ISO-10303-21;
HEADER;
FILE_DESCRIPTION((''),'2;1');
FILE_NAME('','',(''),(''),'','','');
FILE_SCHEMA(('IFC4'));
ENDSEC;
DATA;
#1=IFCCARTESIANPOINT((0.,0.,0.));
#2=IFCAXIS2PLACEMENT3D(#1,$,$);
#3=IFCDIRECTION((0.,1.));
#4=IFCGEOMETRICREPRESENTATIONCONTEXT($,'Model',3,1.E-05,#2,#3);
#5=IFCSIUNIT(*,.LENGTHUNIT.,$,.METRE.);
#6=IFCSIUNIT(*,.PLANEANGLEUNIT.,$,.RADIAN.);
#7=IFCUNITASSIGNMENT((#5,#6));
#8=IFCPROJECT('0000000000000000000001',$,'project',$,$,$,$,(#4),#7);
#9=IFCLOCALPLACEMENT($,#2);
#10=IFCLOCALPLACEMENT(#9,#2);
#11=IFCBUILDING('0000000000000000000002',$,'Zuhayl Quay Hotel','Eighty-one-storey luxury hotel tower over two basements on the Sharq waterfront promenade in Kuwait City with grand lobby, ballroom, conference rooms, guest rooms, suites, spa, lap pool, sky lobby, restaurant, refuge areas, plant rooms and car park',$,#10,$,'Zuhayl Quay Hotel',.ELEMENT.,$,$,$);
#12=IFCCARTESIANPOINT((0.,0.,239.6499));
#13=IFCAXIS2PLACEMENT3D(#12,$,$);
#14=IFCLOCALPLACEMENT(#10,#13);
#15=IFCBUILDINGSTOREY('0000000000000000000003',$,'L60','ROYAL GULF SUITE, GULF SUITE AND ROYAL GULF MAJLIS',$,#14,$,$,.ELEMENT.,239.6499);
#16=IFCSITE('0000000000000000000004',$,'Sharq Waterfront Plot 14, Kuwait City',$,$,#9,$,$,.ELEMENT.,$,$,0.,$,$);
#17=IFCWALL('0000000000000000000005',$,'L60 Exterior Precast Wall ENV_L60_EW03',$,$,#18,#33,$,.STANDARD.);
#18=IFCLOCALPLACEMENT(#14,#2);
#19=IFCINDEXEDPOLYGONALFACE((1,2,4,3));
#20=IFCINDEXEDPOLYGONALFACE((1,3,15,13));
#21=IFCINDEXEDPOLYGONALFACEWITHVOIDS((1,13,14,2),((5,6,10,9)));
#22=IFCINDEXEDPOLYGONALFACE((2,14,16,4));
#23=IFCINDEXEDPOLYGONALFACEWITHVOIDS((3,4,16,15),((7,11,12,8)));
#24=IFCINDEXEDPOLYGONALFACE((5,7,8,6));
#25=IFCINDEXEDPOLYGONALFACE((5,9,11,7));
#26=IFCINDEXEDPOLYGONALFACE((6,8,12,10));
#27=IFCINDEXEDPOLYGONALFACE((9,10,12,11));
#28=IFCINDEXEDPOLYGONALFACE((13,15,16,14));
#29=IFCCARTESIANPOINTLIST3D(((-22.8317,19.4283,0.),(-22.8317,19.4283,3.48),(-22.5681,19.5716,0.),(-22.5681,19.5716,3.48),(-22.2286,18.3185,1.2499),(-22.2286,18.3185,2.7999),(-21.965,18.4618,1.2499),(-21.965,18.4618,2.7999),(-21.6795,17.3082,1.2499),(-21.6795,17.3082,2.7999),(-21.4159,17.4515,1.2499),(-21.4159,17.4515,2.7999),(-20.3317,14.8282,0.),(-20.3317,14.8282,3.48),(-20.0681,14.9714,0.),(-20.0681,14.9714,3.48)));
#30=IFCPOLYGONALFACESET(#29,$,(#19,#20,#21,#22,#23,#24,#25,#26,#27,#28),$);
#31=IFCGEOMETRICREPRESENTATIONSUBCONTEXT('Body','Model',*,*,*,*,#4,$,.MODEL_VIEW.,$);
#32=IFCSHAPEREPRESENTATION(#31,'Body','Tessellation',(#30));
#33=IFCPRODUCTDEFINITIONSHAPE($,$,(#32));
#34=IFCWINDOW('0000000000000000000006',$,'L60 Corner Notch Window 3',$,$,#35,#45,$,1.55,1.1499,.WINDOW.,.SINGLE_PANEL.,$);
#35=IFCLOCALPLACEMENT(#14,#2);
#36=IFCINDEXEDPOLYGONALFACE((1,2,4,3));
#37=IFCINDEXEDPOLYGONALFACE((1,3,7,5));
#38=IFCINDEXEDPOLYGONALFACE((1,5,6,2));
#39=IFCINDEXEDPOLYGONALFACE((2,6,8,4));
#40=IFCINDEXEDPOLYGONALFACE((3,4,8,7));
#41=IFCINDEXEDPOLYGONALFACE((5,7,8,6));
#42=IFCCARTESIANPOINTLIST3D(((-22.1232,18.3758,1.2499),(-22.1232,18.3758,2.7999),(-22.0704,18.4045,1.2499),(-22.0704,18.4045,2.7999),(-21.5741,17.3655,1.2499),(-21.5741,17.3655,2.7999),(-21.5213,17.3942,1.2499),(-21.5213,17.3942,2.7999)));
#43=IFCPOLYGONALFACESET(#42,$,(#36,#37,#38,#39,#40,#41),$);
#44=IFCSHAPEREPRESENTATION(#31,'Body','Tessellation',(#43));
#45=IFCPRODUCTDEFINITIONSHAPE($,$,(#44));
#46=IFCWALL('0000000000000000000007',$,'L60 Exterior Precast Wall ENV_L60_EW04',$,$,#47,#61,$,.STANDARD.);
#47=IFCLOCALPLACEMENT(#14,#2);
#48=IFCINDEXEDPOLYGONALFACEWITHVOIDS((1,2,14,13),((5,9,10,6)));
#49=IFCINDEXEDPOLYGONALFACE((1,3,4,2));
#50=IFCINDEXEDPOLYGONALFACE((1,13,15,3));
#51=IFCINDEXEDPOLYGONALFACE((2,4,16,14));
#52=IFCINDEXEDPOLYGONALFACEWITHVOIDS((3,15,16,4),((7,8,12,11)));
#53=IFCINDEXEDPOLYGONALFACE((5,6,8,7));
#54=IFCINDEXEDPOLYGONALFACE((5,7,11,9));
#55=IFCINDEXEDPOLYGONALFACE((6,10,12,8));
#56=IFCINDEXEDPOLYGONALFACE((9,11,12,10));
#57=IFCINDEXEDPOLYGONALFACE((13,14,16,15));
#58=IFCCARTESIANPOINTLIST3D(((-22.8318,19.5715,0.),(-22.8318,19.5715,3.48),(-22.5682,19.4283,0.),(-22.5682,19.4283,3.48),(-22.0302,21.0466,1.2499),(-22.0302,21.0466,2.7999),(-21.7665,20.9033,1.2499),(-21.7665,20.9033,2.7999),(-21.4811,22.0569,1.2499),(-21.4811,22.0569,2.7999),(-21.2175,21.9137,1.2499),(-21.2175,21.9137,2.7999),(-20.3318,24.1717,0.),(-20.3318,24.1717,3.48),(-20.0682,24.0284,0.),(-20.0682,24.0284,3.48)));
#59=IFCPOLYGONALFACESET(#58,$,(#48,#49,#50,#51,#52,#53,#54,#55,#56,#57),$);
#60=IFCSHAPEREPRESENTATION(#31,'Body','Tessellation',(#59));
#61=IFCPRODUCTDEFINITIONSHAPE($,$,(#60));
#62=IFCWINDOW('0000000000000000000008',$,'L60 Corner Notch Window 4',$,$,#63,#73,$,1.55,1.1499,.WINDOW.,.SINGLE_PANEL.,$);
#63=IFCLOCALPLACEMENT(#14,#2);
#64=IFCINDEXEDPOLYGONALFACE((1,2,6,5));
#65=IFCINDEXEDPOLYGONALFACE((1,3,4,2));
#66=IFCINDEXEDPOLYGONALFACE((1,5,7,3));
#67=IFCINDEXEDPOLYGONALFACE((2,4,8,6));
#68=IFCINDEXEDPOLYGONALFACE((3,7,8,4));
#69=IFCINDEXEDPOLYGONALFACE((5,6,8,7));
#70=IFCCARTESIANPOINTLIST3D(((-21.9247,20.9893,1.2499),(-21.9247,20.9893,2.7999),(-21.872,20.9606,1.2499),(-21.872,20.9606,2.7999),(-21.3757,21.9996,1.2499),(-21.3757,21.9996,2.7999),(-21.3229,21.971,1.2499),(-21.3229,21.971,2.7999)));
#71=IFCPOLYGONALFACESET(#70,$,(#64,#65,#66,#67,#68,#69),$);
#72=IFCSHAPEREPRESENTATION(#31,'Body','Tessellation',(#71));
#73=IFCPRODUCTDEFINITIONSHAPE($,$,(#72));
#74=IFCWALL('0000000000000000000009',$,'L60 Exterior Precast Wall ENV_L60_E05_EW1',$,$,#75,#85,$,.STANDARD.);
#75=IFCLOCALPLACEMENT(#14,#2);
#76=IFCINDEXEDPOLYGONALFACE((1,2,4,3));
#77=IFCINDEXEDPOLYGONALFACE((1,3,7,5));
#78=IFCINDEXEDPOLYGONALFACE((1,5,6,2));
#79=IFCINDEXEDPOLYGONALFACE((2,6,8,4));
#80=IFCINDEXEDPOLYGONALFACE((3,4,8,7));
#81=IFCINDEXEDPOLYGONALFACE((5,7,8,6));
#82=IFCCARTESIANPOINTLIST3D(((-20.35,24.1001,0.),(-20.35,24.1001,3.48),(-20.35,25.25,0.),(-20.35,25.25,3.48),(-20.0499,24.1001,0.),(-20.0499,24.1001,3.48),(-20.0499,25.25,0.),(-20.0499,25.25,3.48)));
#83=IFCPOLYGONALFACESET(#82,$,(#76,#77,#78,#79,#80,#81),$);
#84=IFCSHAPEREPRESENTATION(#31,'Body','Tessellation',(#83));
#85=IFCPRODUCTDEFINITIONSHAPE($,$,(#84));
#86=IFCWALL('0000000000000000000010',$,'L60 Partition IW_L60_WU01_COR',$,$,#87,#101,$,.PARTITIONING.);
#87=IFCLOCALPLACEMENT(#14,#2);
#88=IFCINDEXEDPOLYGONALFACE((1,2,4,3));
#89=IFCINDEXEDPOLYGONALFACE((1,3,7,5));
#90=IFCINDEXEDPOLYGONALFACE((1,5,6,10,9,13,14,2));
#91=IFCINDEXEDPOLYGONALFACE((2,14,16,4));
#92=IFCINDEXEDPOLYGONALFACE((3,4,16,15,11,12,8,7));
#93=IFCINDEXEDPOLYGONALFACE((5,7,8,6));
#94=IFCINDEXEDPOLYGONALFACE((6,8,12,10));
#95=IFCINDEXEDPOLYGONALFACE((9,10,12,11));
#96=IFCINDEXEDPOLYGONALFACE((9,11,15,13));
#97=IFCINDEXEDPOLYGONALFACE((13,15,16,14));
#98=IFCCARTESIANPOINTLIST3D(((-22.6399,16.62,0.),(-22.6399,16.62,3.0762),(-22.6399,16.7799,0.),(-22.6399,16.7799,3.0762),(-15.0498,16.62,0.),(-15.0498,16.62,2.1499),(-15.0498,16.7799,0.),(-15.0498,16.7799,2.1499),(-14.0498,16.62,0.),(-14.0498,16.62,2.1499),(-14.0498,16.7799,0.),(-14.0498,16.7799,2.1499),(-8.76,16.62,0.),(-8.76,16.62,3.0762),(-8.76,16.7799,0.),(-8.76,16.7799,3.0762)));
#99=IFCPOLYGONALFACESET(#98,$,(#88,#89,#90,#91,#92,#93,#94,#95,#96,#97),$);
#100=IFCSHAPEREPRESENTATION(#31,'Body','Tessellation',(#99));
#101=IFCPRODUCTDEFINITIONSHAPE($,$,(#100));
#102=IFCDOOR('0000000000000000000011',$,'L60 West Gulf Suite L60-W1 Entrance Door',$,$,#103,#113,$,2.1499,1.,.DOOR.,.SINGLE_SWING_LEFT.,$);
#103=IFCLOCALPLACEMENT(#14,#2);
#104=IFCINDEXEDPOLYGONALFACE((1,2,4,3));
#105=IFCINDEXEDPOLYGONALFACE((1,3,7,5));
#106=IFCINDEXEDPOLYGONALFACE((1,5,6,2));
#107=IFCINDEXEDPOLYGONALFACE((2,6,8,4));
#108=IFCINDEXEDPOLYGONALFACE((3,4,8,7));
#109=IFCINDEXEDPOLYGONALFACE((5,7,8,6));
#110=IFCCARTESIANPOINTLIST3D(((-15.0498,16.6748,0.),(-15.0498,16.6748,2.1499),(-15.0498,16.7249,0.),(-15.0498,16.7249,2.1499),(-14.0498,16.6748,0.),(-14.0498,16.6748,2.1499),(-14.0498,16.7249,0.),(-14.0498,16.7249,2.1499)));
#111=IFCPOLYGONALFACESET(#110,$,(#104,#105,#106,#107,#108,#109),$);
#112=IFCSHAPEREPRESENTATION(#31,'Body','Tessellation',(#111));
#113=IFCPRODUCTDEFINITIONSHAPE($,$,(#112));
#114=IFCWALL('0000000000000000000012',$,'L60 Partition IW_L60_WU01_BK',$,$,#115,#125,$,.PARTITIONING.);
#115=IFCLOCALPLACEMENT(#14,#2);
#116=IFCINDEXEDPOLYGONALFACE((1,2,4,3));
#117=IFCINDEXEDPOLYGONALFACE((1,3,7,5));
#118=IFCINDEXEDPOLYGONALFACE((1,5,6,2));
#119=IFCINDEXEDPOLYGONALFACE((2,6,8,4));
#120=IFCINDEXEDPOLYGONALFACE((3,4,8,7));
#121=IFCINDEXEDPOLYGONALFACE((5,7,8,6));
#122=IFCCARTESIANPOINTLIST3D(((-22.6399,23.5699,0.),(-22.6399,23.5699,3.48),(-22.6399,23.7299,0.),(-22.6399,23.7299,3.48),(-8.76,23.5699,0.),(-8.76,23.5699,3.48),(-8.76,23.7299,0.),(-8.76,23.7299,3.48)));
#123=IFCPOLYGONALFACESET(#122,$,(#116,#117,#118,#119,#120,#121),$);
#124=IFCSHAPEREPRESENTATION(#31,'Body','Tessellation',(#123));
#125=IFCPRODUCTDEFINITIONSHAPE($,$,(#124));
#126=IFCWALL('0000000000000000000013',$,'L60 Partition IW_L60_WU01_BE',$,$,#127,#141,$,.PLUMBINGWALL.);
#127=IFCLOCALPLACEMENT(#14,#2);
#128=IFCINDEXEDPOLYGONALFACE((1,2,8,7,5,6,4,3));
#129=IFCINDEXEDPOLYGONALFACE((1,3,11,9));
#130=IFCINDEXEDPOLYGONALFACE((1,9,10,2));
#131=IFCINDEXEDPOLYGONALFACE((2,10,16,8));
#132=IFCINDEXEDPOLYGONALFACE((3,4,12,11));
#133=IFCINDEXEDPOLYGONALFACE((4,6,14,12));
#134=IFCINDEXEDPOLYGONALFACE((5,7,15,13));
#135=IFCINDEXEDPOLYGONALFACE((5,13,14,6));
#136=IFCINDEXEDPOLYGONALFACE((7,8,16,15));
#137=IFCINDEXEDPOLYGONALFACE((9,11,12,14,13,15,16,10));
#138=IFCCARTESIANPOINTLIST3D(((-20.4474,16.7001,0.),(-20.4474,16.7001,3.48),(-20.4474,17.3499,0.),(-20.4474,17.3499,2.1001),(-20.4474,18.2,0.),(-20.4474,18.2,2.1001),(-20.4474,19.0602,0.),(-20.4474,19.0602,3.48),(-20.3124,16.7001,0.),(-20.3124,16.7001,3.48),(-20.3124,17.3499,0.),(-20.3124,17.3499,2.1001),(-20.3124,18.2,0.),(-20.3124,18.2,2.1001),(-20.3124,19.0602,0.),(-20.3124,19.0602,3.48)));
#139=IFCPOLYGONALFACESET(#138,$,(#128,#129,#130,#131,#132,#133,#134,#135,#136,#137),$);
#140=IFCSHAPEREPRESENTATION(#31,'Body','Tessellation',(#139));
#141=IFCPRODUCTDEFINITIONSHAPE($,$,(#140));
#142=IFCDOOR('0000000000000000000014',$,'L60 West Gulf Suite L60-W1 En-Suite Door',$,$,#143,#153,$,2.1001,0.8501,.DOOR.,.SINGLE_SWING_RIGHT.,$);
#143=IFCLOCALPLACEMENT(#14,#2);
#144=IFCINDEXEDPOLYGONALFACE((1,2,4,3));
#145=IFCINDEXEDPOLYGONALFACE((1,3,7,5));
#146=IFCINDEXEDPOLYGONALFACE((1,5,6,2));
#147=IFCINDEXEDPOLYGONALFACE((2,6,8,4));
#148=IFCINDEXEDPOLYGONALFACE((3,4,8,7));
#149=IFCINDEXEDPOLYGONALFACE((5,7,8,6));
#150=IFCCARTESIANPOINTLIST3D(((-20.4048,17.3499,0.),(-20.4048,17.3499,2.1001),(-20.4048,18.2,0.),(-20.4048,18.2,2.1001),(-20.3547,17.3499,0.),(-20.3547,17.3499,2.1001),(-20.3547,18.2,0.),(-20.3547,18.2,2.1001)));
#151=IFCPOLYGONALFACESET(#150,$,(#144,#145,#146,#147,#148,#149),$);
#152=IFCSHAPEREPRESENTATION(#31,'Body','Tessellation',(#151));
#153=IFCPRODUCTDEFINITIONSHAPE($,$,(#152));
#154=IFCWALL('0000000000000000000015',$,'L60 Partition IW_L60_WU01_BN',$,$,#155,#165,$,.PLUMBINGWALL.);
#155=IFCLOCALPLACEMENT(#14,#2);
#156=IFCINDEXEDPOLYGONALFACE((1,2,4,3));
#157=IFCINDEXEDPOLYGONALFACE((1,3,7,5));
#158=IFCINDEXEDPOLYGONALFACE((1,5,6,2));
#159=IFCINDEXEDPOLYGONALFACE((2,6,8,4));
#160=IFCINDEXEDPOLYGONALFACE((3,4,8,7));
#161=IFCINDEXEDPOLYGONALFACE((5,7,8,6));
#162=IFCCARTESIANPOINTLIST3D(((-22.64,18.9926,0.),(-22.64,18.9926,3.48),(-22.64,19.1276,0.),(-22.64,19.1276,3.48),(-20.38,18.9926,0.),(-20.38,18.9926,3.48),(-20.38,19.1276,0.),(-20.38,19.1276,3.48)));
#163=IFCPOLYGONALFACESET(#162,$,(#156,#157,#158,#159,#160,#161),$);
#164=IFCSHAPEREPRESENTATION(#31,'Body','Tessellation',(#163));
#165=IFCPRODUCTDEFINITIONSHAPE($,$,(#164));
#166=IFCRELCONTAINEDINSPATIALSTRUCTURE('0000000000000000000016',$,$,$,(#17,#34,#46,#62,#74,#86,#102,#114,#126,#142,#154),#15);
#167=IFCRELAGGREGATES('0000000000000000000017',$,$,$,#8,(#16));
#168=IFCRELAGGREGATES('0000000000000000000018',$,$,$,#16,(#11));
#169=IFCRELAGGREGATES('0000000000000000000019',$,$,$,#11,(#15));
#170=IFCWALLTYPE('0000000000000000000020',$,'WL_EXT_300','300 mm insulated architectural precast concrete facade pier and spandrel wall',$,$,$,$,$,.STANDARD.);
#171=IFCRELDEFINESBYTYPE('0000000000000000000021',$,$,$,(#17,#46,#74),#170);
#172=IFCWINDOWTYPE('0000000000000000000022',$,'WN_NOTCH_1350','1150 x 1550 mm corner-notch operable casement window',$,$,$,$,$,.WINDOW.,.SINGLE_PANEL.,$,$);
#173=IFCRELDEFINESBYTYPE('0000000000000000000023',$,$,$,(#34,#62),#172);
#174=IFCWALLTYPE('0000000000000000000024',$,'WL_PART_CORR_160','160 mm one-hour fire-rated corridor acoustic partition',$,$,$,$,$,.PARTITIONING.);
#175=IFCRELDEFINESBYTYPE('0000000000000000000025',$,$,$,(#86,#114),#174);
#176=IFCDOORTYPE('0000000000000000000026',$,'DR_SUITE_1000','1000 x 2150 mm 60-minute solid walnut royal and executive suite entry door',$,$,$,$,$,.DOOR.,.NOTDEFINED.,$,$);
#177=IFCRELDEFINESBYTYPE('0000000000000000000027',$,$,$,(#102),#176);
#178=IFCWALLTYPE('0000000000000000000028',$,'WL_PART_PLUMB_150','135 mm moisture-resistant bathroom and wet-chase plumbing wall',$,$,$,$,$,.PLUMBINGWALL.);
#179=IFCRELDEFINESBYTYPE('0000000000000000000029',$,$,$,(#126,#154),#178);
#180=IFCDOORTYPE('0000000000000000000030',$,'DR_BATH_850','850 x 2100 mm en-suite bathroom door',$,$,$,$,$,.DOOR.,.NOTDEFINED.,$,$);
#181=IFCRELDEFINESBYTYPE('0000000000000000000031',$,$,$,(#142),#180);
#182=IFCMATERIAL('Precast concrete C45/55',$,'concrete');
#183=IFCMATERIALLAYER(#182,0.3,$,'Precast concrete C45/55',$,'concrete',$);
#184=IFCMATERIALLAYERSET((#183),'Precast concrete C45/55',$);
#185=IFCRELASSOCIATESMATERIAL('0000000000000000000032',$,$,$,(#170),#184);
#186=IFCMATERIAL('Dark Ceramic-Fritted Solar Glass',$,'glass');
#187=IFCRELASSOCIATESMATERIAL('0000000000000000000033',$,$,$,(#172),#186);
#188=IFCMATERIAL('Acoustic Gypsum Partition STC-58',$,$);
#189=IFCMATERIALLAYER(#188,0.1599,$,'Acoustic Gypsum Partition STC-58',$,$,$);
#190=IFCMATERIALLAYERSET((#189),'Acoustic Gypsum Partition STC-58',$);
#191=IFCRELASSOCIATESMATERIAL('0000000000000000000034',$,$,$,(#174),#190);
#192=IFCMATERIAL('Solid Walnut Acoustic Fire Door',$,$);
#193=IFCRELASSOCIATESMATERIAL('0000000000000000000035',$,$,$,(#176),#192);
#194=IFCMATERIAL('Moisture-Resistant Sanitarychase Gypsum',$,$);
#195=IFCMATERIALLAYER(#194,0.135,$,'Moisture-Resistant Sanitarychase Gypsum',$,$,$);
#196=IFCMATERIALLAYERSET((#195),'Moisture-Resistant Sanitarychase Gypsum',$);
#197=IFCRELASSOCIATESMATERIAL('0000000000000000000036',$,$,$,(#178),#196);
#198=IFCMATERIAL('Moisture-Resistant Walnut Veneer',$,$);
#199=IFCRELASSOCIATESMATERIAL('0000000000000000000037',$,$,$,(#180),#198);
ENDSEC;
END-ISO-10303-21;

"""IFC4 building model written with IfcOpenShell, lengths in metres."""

from ifc_helpers import new_model, si_unit, direction, frame, frame_2d, origin, place, context, subcontext, project, spatial, rectangle, extrude, material, layer, layer_set, type_object, element, fill, save


model = new_model("IFC4")

# Units and contexts
model_context = context("Model", 3, precision=1e-05, world=origin(), true_north=direction((0.0, 1.0)))
body_context = subcontext(model_context, "Body", "Model", "MODEL_VIEW")
ifc_project = project(units=[si_unit("LENGTHUNIT", "METRE"), si_unit("PLANEANGLEUNIT", "RADIAN")], contexts=[model_context])

# Site, building, storey
site_placement = place(None, origin())
site = spatial("IfcSite", under=ifc_project, at=site_placement, Name="Sharq Waterfront Plot 14, Kuwait City", CompositionType="ELEMENT", RefElevation=0.0)
building_placement = place(site_placement, origin())
building = spatial("IfcBuilding", under=site, at=building_placement, Name="Zuhayl Quay Hotel", Description="Eighty-one-storey luxury hotel tower over two basements on the Sharq waterfront promenade in Kuwait City with grand lobby, ballroom, conference rooms, guest rooms, suites, spa, lap pool, sky lobby, restaurant, refuge areas, plant rooms and car park", LongName="Zuhayl Quay Hotel", CompositionType="ELEMENT")
storey_placement = place(building_placement, frame((0.0, 0.0, 239.6499)))
storey = spatial("IfcBuildingStorey", under=building, at=storey_placement, Name="L60", Description="ROYAL GULF SUITE, GULF SUITE AND ROYAL GULF MAJLIS", CompositionType="ELEMENT", Elevation=239.6499)

# Walls, openings, windows
ifc_material_1 = material(Name="Precast concrete C45/55", Category="concrete")
ifc_layer_1 = layer(ifc_material_1, 0.3, Name="Precast concrete C45/55", Category="concrete")
ifc_layer_set_1 = layer_set([ifc_layer_1], Name="Precast concrete C45/55")
wall_type_1 = type_object("IfcWallType", Name="WL_EXT_300", Description="300 mm insulated architectural precast concrete facade pier and spandrel wall", PredefinedType="STANDARD", material=ifc_layer_set_1)
wall_1_placement = place(storey_placement, frame((-20.2, 14.8999, 0.0), z_axis=(0.0, 0.0, 1.0), x_axis=(-0.477505, 0.878629, 0.0)))
wall_1 = element("IfcWall", 1, at=wall_1_placement, inside=storey, type_object=wall_type_1, Name="L60 Exterior Precast Wall ENV_L60_EW03", PredefinedType="STANDARD", context=body_context, shape_type="SweptSolid", body=[
    extrude(rectangle(XDim=5.2356, YDim=0.3, at=frame_2d((2.6177, 0.0))), origin(), (0.0, 0.0, 1.0), 3.48),
])
opening_1_placement = place(wall_1_placement, frame((2.8225, 0.0, 1.25)))
opening_1 = element("IfcOpeningElement", 2, at=opening_1_placement, cuts=wall_1, PredefinedType="OPENING", context=body_context, shape_type="SweptSolid", body=[
    extrude(rectangle(XDim=1.1499, YDim=1.55, at=frame_2d((0.575, 0.7749))), frame((0.0, 0.1599, 0.0), z_axis=(0.0, -1.0, 0.0), x_axis=(1.0, 0.0, 0.0)), (0.0, 0.0, 1.0), 0.3201),
])
ifc_material_2 = material(Name="Dark Ceramic-Fritted Solar Glass", Category="glass")
window_type = type_object("IfcWindowType", Name="WN_NOTCH_1350", Description="1150 x 1550 mm corner-notch operable casement window", PartitioningType="SINGLE_PANEL", PredefinedType="WINDOW", material=ifc_material_2)
window_1_placement = place(opening_1_placement, origin())
window_1 = element("IfcWindow", 3, at=window_1_placement, inside=storey, type_object=window_type, Name="L60 Corner Notch Window 3", OverallHeight=1.55, OverallWidth=1.1499, PartitioningType="SINGLE_PANEL", PredefinedType="WINDOW", context=body_context, shape_type="SweptSolid", body=[
    extrude(rectangle(XDim=1.1499, YDim=1.55, at=frame_2d((0.575, 0.7749))), frame((0.0, 0.03, 0.0), z_axis=(0.0, -1.0, 0.0), x_axis=(1.0, 0.0, 0.0)), (0.0, 0.0, 1.0), 0.0601),
])
fill(opening_1, window_1)
wall_2_placement = place(storey_placement, frame((-22.7, 19.5, 0.0), z_axis=(0.0, 0.0, 1.0), x_axis=(0.477505, 0.878629, 0.0)))
wall_2 = element("IfcWall", 4, at=wall_2_placement, inside=storey, type_object=wall_type_1, Name="L60 Exterior Precast Wall ENV_L60_EW04", PredefinedType="STANDARD", context=body_context, shape_type="SweptSolid", body=[
    extrude(rectangle(XDim=5.2356, YDim=0.3, at=frame_2d((2.6177, 0.0))), origin(), (0.0, 0.0, 1.0), 3.48),
])
opening_2_placement = place(wall_2_placement, frame((1.6787, 0.0, 1.25)))
opening_2 = element("IfcOpeningElement", 5, at=opening_2_placement, cuts=wall_2, PredefinedType="OPENING", context=body_context, shape_type="SweptSolid", body=[
    extrude(rectangle(XDim=1.1499, YDim=1.55, at=frame_2d((0.575, 0.7749))), frame((0.0, 0.1599, 0.0), z_axis=(0.0, -1.0, 0.0), x_axis=(1.0, 0.0, 0.0)), (0.0, 0.0, 1.0), 0.3201),
])
window_2_placement = place(opening_2_placement, origin())
window_2 = element("IfcWindow", 6, at=window_2_placement, inside=storey, type_object=window_type, Name="L60 Corner Notch Window 4", OverallHeight=1.55, OverallWidth=1.1499, PartitioningType="SINGLE_PANEL", PredefinedType="WINDOW", context=body_context, shape_type="SweptSolid", body=[
    extrude(rectangle(XDim=1.1499, YDim=1.55, at=frame_2d((0.575, 0.7749))), frame((0.0, 0.03, 0.0), z_axis=(0.0, -1.0, 0.0), x_axis=(1.0, 0.0, 0.0)), (0.0, 0.0, 1.0), 0.0601),
])
fill(opening_2, window_2)

# Wall
wall_3_placement = place(storey_placement, frame((-20.2, 24.1001, 0.0), z_axis=(0.0, 0.0, 1.0), x_axis=(0.0, 1.0, 0.0)))
element("IfcWall", 7, at=wall_3_placement, inside=storey, type_object=wall_type_1, Name="L60 Exterior Precast Wall ENV_L60_E05_EW1", PredefinedType="STANDARD", context=body_context, shape_type="SweptSolid", body=[
    extrude(rectangle(XDim=1.1499, YDim=0.3, at=frame_2d((0.575, 0.0))), origin(), (0.0, 0.0, 1.0), 3.48),
])

# Wall, opening, door
ifc_material_3 = material(Name="Acoustic Gypsum Partition STC-58")
ifc_layer_2 = layer(ifc_material_3, 0.1599, Name="Acoustic Gypsum Partition STC-58")
ifc_layer_set_2 = layer_set([ifc_layer_2], Name="Acoustic Gypsum Partition STC-58")
wall_type_2 = type_object("IfcWallType", Name="WL_PART_CORR_160", Description="160 mm one-hour fire-rated corridor acoustic partition", PredefinedType="PARTITIONING", material=ifc_layer_set_2)
wall_4_placement = place(storey_placement, frame((-22.6399, 16.7, 0.0), z_axis=(0.0, 0.0, 1.0), x_axis=(1.0, 0.0, 0.0)))
wall_4 = element("IfcWall", 8, at=wall_4_placement, inside=storey, type_object=wall_type_2, Name="L60 Partition IW_L60_WU01_COR", PredefinedType="PARTITIONING", context=body_context, shape_type="SweptSolid", body=[
    extrude(rectangle(XDim=13.8799, YDim=0.1599, at=frame_2d((6.9399, 0.0))), origin(), (0.0, 0.0, 1.0), 3.0762),
])
opening_3_placement = place(wall_4_placement, frame((7.5901, 0.0, 0.0)))
opening_3 = element("IfcOpeningElement", 9, at=opening_3_placement, cuts=wall_4, PredefinedType="OPENING", context=body_context, shape_type="SweptSolid", body=[
    extrude(rectangle(XDim=1.0, YDim=2.1499, at=frame_2d((0.5, 1.075))), frame((0.0, 0.0898, 0.0), z_axis=(0.0, -1.0, 0.0), x_axis=(1.0, 0.0, 0.0)), (0.0, 0.0, 1.0), 0.1799),
])
ifc_material_4 = material(Name="Solid Walnut Acoustic Fire Door")
door_type_1 = type_object("IfcDoorType", Name="DR_SUITE_1000", Description="1000 x 2150 mm 60-minute solid walnut royal and executive suite entry door", OperationType="NOTDEFINED", PredefinedType="DOOR", material=ifc_material_4)
door_1_placement = place(opening_3_placement, origin())
door_1 = element("IfcDoor", 10, at=door_1_placement, inside=storey, type_object=door_type_1, Name="L60 West Gulf Suite L60-W1 Entrance Door", OperationType="SINGLE_SWING_LEFT", OverallHeight=2.1499, OverallWidth=1.0, PredefinedType="DOOR", context=body_context, shape_type="SweptSolid", body=[
    extrude(rectangle(XDim=1.0, YDim=2.1499, at=frame_2d((0.5, 1.075))), frame((0.0, 0.0249, 0.0), z_axis=(0.0, -1.0, 0.0), x_axis=(1.0, 0.0, 0.0)), (0.0, 0.0, 1.0), 0.05),
])
fill(opening_3, door_1)

# Wall
wall_5_placement = place(storey_placement, frame((-22.6399, 23.6499, 0.0), z_axis=(0.0, 0.0, 1.0), x_axis=(1.0, 0.0, 0.0)))
element("IfcWall", 11, at=wall_5_placement, inside=storey, type_object=wall_type_2, Name="L60 Partition IW_L60_WU01_BK", PredefinedType="PARTITIONING", context=body_context, shape_type="SweptSolid", body=[
    extrude(rectangle(XDim=13.8799, YDim=0.1599, at=frame_2d((6.9399, 0.0))), origin(), (0.0, 0.0, 1.0), 3.48),
])

# Wall, opening, door
ifc_material_5 = material(Name="Moisture-Resistant Sanitarychase Gypsum")
ifc_layer_3 = layer(ifc_material_5, 0.135, Name="Moisture-Resistant Sanitarychase Gypsum")
ifc_layer_set_3 = layer_set([ifc_layer_3], Name="Moisture-Resistant Sanitarychase Gypsum")
wall_type_3 = type_object("IfcWallType", Name="WL_PART_PLUMB_150", Description="135 mm moisture-resistant bathroom and wet-chase plumbing wall", PredefinedType="PLUMBINGWALL", material=ifc_layer_set_3)
wall_6_placement = place(storey_placement, frame((-20.3799, 16.7, 0.0), z_axis=(0.0, 0.0, 1.0), x_axis=(0.0, 1.0, 0.0)))
wall_6 = element("IfcWall", 12, at=wall_6_placement, inside=storey, type_object=wall_type_3, Name="L60 Partition IW_L60_WU01_BE", PredefinedType="PLUMBINGWALL", context=body_context, shape_type="SweptSolid", body=[
    extrude(rectangle(XDim=2.3601, YDim=0.135, at=frame_2d((1.1802, 0.0))), origin(), (0.0, 0.0, 1.0), 3.48),
])
opening_4_placement = place(wall_6_placement, frame((0.6499, 0.0, 0.0)))
opening_4 = element("IfcOpeningElement", 13, at=opening_4_placement, cuts=wall_6, PredefinedType="OPENING", context=body_context, shape_type="SweptSolid", body=[
    extrude(rectangle(XDim=0.8501, YDim=2.1001, at=frame_2d((0.425, 1.05))), frame((0.0, 0.0774, 0.0), z_axis=(0.0, -1.0, 0.0), x_axis=(1.0, 0.0, 0.0)), (0.0, 0.0, 1.0), 0.155),
])
ifc_material_6 = material(Name="Moisture-Resistant Walnut Veneer")
door_type_2 = type_object("IfcDoorType", Name="DR_BATH_850", Description="850 x 2100 mm en-suite bathroom door", OperationType="NOTDEFINED", PredefinedType="DOOR", material=ifc_material_6)
door_2_placement = place(opening_4_placement, origin())
door_2 = element("IfcDoor", 14, at=door_2_placement, inside=storey, type_object=door_type_2, Name="L60 West Gulf Suite L60-W1 En-Suite Door", OperationType="SINGLE_SWING_RIGHT", OverallHeight=2.1001, OverallWidth=0.8501, PredefinedType="DOOR", context=body_context, shape_type="SweptSolid", body=[
    extrude(rectangle(XDim=0.8501, YDim=2.1001, at=frame_2d((0.425, 1.05))), frame((0.0, 0.0249, 0.0), z_axis=(0.0, -1.0, 0.0), x_axis=(1.0, 0.0, 0.0)), (0.0, 0.0, 1.0), 0.05),
])
fill(opening_4, door_2)

# Wall
wall_7_placement = place(storey_placement, frame((-22.6399, 19.0601, 0.0), z_axis=(0.0, 0.0, 1.0), x_axis=(1.0, 0.0, 0.0)))
element("IfcWall", 15, at=wall_7_placement, inside=storey, type_object=wall_type_3, Name="L60 Partition IW_L60_WU01_BN", PredefinedType="PLUMBINGWALL", context=body_context, shape_type="SweptSolid", body=[
    extrude(rectangle(XDim=2.26, YDim=0.135, at=frame_2d((1.1299, 0.0))), origin(), (0.0, 0.0, 1.0), 3.48),
])

save(model, "model.ifc")
